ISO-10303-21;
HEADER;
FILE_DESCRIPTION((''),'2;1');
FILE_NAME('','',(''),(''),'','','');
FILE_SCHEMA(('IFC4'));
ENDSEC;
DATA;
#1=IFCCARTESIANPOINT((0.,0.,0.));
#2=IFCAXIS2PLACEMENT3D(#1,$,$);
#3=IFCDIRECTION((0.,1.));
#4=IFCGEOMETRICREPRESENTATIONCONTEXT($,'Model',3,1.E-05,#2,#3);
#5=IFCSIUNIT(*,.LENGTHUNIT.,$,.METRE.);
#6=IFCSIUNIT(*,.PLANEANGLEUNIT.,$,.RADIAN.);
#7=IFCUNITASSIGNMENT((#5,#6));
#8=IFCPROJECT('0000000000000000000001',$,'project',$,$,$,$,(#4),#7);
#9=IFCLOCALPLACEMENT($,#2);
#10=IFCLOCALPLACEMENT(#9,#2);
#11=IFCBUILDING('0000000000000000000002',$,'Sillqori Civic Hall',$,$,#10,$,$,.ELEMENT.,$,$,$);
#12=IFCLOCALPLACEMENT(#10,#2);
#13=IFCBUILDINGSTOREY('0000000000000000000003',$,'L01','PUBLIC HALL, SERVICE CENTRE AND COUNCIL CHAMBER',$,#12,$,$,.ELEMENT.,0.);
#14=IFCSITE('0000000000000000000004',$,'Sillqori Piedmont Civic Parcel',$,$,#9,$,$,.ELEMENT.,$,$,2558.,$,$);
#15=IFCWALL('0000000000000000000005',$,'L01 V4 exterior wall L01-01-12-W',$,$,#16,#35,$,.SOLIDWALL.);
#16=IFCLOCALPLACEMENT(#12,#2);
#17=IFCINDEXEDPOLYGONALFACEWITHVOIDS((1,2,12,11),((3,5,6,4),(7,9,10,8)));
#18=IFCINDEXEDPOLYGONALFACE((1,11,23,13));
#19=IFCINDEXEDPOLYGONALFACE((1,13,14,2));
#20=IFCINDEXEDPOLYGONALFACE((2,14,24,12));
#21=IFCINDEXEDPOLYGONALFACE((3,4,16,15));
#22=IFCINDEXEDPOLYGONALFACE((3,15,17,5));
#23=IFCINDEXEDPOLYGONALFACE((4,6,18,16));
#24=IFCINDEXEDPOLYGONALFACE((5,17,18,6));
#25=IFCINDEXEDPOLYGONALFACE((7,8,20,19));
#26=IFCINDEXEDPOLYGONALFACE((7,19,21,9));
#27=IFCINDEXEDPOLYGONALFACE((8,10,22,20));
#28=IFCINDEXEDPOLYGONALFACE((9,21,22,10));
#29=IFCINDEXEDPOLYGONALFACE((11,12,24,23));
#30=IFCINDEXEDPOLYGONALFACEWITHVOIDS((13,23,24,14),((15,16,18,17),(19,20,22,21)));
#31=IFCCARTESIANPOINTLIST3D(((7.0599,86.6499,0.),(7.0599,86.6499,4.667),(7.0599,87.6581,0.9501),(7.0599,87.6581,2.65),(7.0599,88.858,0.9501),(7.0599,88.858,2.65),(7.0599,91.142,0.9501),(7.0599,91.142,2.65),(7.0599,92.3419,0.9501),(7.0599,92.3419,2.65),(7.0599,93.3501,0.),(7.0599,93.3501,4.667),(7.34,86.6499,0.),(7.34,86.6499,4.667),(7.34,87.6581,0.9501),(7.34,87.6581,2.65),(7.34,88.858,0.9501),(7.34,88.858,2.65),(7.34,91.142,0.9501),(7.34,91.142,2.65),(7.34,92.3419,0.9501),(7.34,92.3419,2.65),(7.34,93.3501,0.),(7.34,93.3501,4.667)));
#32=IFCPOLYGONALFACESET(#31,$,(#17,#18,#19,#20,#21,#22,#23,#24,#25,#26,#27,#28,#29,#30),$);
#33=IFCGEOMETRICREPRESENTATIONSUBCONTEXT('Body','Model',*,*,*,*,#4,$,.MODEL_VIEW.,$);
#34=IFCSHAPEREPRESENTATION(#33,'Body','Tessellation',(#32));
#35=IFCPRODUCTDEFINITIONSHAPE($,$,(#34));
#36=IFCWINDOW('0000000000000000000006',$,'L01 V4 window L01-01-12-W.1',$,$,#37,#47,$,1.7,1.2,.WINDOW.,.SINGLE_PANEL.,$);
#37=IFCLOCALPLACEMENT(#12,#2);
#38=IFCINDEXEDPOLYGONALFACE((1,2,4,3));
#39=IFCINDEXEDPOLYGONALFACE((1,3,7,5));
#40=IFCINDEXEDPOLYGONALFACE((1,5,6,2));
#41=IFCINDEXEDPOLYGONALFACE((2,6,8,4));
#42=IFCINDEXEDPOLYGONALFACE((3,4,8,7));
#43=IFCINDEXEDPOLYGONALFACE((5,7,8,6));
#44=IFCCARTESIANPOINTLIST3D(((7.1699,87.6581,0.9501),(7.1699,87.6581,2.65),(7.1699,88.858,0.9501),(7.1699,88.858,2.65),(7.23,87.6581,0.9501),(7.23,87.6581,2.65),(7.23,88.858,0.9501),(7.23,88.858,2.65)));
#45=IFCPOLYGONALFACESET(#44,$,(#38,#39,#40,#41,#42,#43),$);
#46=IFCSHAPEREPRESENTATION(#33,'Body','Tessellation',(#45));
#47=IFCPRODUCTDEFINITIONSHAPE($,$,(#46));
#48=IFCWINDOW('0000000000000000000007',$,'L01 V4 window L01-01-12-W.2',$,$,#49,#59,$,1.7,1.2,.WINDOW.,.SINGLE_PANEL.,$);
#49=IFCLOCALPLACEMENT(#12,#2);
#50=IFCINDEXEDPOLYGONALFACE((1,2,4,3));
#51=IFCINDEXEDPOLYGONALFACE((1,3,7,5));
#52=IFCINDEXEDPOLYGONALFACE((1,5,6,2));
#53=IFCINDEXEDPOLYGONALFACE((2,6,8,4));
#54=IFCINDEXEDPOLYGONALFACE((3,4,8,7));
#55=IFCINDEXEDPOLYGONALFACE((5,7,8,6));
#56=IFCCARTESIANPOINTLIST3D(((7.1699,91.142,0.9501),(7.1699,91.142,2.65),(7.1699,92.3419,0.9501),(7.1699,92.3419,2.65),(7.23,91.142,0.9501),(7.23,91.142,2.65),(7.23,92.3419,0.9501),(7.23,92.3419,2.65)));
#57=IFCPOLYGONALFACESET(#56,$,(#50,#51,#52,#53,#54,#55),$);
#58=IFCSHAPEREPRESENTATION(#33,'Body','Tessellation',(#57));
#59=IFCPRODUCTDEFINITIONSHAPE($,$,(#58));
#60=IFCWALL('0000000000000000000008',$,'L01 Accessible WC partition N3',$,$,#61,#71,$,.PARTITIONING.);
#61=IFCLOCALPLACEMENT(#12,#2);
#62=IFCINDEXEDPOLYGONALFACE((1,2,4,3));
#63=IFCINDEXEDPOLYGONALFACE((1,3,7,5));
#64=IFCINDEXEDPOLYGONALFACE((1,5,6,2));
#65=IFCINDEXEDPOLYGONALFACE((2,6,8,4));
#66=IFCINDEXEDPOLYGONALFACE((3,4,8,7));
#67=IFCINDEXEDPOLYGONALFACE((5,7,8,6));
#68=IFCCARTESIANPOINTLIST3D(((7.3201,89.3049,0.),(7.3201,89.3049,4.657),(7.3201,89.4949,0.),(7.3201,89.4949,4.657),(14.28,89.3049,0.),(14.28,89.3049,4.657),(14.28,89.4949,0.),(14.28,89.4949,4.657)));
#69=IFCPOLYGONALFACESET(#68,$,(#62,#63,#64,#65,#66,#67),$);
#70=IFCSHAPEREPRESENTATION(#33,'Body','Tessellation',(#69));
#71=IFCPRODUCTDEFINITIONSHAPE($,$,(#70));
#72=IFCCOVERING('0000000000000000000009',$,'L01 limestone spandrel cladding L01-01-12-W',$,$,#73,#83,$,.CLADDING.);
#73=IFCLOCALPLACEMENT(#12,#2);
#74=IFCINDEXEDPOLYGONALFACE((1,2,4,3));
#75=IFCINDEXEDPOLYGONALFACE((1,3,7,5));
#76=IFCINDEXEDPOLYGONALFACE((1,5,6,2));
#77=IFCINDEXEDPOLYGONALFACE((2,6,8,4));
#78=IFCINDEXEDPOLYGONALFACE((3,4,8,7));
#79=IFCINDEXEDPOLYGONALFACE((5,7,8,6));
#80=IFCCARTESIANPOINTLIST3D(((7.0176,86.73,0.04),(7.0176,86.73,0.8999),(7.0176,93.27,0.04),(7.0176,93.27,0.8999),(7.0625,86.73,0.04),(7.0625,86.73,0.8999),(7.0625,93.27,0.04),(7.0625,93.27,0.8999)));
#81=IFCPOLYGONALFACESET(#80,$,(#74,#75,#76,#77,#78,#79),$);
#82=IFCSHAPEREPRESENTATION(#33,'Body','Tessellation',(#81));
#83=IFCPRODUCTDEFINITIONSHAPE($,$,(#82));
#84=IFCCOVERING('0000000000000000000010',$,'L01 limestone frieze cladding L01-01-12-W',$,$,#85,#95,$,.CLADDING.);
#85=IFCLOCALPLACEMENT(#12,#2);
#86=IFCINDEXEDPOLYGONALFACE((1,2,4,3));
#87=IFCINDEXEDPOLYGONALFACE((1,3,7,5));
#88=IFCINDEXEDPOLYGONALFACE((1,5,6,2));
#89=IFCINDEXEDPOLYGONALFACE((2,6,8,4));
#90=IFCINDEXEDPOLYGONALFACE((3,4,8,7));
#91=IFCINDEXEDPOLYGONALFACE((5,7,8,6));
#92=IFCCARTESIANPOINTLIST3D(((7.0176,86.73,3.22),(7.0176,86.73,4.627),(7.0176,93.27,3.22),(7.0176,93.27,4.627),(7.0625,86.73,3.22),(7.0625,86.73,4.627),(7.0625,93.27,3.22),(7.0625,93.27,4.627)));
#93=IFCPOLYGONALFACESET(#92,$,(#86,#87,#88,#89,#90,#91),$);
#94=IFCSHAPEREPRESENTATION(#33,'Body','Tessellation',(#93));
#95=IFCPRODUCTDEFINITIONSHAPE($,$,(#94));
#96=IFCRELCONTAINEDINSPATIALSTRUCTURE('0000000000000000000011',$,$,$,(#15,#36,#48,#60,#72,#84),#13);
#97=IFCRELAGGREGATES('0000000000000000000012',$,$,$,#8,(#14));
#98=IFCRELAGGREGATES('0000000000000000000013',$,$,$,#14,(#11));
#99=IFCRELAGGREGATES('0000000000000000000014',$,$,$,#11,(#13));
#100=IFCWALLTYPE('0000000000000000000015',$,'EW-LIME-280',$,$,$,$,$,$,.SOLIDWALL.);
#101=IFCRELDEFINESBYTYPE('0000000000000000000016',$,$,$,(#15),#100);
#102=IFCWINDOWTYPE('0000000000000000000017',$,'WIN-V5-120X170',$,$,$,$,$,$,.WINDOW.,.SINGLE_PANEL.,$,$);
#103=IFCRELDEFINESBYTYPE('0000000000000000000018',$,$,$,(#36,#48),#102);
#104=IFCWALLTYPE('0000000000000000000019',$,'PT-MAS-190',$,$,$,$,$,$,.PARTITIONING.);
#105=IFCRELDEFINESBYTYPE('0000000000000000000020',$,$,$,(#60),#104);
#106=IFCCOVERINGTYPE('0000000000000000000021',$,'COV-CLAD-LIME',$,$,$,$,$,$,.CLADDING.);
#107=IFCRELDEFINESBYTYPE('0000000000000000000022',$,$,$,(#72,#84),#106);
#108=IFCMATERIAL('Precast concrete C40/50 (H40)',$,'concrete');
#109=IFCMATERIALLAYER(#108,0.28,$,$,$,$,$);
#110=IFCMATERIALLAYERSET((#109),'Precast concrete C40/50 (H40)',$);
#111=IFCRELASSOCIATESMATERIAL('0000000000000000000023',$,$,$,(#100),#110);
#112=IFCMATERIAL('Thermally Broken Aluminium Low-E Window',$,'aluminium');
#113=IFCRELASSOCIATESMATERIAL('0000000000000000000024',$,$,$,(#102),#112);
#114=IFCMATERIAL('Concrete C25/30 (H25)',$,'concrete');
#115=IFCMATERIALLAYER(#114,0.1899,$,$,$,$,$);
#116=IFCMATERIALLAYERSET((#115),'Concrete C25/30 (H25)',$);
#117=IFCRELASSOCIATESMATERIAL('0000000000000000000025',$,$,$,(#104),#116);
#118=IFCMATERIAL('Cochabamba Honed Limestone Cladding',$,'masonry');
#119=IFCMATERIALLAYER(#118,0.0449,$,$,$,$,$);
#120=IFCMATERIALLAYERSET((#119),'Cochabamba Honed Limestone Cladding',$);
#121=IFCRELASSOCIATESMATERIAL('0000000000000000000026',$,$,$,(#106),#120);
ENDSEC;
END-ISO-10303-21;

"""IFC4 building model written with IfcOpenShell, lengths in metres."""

from ifc_helpers import new_model, si_unit, direction, frame, frame_2d, origin, place, context, subcontext, project, spatial, rectangle, extrude, material, layer, layer_set, type_object, element, fill, save


model = new_model("IFC4")

# Units and contexts
model_context = context("Model", 3, precision=1e-05, world=origin(), true_north=direction((0.0, 1.0)))
body_context = subcontext(model_context, "Body", "Model", "MODEL_VIEW")
ifc_project = project(units=[si_unit("LENGTHUNIT", "METRE"), si_unit("PLANEANGLEUNIT", "RADIAN")], contexts=[model_context])

# Site, building, storey
site_placement = place(None, origin())
site = spatial("IfcSite", under=ifc_project, at=site_placement, Name="Sillqori Piedmont Civic Parcel", CompositionType="ELEMENT", RefElevation=2558.0)
building_placement = place(site_placement, origin())
building = spatial("IfcBuilding", under=site, at=building_placement, Name="Sillqori Civic Hall", CompositionType="ELEMENT")
storey_placement = place(building_placement, origin())
storey = spatial("IfcBuildingStorey", under=building, at=storey_placement, Name="L01", Description="PUBLIC HALL, SERVICE CENTRE AND COUNCIL CHAMBER", CompositionType="ELEMENT", Elevation=0.0)

# Wall, openings, windows
ifc_material_1 = material(Name="Precast concrete C40/50 (H40)", Category="concrete")
ifc_layer_1 = layer(ifc_material_1, 0.28)
ifc_layer_set_1 = layer_set([ifc_layer_1], Name="Precast concrete C40/50 (H40)")
wall_type_1 = type_object("IfcWallType", Name="EW-LIME-280", PredefinedType="SOLIDWALL", material=ifc_layer_set_1)
wall_1_placement = place(storey_placement, frame((7.2, 86.6499, 0.0), z_axis=(0.0, 0.0, 1.0), x_axis=(0.0, 1.0, 0.0)))
wall_1 = element("IfcWall", 1, at=wall_1_placement, inside=storey, type_object=wall_type_1, Name="L01 V4 exterior wall L01-01-12-W", PredefinedType="SOLIDWALL", context=body_context, shape_type="SweptSolid", body=[
    extrude(rectangle(XDim=6.7002, YDim=0.28, at=frame_2d((3.3501, 0.0))), origin(), (0.0, 0.0, 1.0), 4.667),
])
opening_1_placement = place(wall_1_placement, frame((1.0081, 0.0, 0.95)))
opening_1 = element("IfcOpeningElement", 2, at=opening_1_placement, cuts=wall_1, PredefinedType="OPENING", context=body_context, shape_type="SweptSolid", body=[
    extrude(rectangle(XDim=1.2, YDim=1.7, at=frame_2d((0.6001, 0.8501))), frame((0.0, 0.1499, 0.0), z_axis=(0.0, -1.0, 0.0), x_axis=(1.0, 0.0, 0.0)), (0.0, 0.0, 1.0), 0.3),
])
opening_2_placement = place(wall_1_placement, frame((4.4919, 0.0, 0.95)))
opening_2 = element("IfcOpeningElement", 3, at=opening_2_placement, cuts=wall_1, PredefinedType="OPENING", context=body_context, shape_type="SweptSolid", body=[
    extrude(rectangle(XDim=1.2, YDim=1.7, at=frame_2d((0.6001, 0.8501))), frame((0.0, 0.1499, 0.0), z_axis=(0.0, -1.0, 0.0), x_axis=(1.0, 0.0, 0.0)), (0.0, 0.0, 1.0), 0.3),
])
ifc_material_2 = material(Name="Thermally Broken Aluminium Low-E Window", Category="aluminium")
window_type = type_object("IfcWindowType", Name="WIN-V5-120X170", PartitioningType="SINGLE_PANEL", PredefinedType="WINDOW", material=ifc_material_2)
window_1_placement = place(opening_1_placement, origin())
window_1 = element("IfcWindow", 4, at=window_1_placement, inside=storey, type_object=window_type, Name="L01 V4 window L01-01-12-W.1", OverallHeight=1.7, OverallWidth=1.2, PartitioningType="SINGLE_PANEL", PredefinedType="WINDOW", context=body_context, shape_type="SweptSolid", body=[
    extrude(rectangle(XDim=1.2, YDim=1.7, at=frame_2d((0.6001, 0.8501))), frame((0.0, 0.03, 0.0), z_axis=(0.0, -1.0, 0.0), x_axis=(1.0, 0.0, 0.0)), (0.0, 0.0, 1.0), 0.0601),
])
fill(opening_1, window_1)
window_2_placement = place(opening_2_placement, origin())
window_2 = element("IfcWindow", 5, at=window_2_placement, inside=storey, type_object=window_type, Name="L01 V4 window L01-01-12-W.2", OverallHeight=1.7, OverallWidth=1.2, PartitioningType="SINGLE_PANEL", PredefinedType="WINDOW", context=body_context, shape_type="SweptSolid", body=[
    extrude(rectangle(XDim=1.2, YDim=1.7, at=frame_2d((0.6001, 0.8501))), frame((0.0, 0.03, 0.0), z_axis=(0.0, -1.0, 0.0), x_axis=(1.0, 0.0, 0.0)), (0.0, 0.0, 1.0), 0.0601),
])
fill(opening_2, window_2)

# Wall
ifc_material_3 = material(Name="Concrete C25/30 (H25)", Category="concrete")
ifc_layer_2 = layer(ifc_material_3, 0.1899)
ifc_layer_set_2 = layer_set([ifc_layer_2], Name="Concrete C25/30 (H25)")
wall_type_2 = type_object("IfcWallType", Name="PT-MAS-190", PredefinedType="PARTITIONING", material=ifc_layer_set_2)
wall_2_placement = place(storey_placement, frame((7.3201, 89.3999, 0.0), z_axis=(0.0, 0.0, 1.0), x_axis=(1.0, 0.0, 0.0)))
element("IfcWall", 6, at=wall_2_placement, inside=storey, type_object=wall_type_2, Name="L01 Accessible WC partition N3", PredefinedType="PARTITIONING", context=body_context, shape_type="SweptSolid", body=[
    extrude(rectangle(XDim=6.96, YDim=0.1899, at=frame_2d((3.48, 0.0))), origin(), (0.0, 0.0, 1.0), 4.657),
])

# Coverings
ifc_material_4 = material(Name="Cochabamba Honed Limestone Cladding", Category="masonry")
ifc_layer_3 = layer(ifc_material_4, 0.0449)
ifc_layer_set_3 = layer_set([ifc_layer_3], Name="Cochabamba Honed Limestone Cladding")
covering_type = type_object("IfcCoveringType", Name="COV-CLAD-LIME", PredefinedType="CLADDING", material=ifc_layer_set_3)
covering_1_placement = place(storey_placement, frame((7.04, 86.73, 0.04), z_axis=(0.0, 0.0, 1.0), x_axis=(0.0, 1.0, 0.0)))
element("IfcCovering", 7, at=covering_1_placement, inside=storey, type_object=covering_type, Name="L01 limestone spandrel cladding L01-01-12-W", PredefinedType="CLADDING", context=body_context, shape_type="SweptSolid", body=[
    extrude(rectangle(XDim=6.54, YDim=0.0449, at=frame_2d((3.27, 0.0))), origin(), (0.0, 0.0, 1.0), 0.8599),
])
covering_2_placement = place(storey_placement, frame((7.04, 86.73, 3.22), z_axis=(0.0, 0.0, 1.0), x_axis=(0.0, 1.0, 0.0)))
element("IfcCovering", 8, at=covering_2_placement, inside=storey, type_object=covering_type, Name="L01 limestone frieze cladding L01-01-12-W", PredefinedType="CLADDING", context=body_context, shape_type="SweptSolid", body=[
    extrude(rectangle(XDim=6.54, YDim=0.0449, at=frame_2d((3.27, 0.0))), origin(), (0.0, 0.0, 1.0), 1.407),
])

save(model, "model.ifc")
